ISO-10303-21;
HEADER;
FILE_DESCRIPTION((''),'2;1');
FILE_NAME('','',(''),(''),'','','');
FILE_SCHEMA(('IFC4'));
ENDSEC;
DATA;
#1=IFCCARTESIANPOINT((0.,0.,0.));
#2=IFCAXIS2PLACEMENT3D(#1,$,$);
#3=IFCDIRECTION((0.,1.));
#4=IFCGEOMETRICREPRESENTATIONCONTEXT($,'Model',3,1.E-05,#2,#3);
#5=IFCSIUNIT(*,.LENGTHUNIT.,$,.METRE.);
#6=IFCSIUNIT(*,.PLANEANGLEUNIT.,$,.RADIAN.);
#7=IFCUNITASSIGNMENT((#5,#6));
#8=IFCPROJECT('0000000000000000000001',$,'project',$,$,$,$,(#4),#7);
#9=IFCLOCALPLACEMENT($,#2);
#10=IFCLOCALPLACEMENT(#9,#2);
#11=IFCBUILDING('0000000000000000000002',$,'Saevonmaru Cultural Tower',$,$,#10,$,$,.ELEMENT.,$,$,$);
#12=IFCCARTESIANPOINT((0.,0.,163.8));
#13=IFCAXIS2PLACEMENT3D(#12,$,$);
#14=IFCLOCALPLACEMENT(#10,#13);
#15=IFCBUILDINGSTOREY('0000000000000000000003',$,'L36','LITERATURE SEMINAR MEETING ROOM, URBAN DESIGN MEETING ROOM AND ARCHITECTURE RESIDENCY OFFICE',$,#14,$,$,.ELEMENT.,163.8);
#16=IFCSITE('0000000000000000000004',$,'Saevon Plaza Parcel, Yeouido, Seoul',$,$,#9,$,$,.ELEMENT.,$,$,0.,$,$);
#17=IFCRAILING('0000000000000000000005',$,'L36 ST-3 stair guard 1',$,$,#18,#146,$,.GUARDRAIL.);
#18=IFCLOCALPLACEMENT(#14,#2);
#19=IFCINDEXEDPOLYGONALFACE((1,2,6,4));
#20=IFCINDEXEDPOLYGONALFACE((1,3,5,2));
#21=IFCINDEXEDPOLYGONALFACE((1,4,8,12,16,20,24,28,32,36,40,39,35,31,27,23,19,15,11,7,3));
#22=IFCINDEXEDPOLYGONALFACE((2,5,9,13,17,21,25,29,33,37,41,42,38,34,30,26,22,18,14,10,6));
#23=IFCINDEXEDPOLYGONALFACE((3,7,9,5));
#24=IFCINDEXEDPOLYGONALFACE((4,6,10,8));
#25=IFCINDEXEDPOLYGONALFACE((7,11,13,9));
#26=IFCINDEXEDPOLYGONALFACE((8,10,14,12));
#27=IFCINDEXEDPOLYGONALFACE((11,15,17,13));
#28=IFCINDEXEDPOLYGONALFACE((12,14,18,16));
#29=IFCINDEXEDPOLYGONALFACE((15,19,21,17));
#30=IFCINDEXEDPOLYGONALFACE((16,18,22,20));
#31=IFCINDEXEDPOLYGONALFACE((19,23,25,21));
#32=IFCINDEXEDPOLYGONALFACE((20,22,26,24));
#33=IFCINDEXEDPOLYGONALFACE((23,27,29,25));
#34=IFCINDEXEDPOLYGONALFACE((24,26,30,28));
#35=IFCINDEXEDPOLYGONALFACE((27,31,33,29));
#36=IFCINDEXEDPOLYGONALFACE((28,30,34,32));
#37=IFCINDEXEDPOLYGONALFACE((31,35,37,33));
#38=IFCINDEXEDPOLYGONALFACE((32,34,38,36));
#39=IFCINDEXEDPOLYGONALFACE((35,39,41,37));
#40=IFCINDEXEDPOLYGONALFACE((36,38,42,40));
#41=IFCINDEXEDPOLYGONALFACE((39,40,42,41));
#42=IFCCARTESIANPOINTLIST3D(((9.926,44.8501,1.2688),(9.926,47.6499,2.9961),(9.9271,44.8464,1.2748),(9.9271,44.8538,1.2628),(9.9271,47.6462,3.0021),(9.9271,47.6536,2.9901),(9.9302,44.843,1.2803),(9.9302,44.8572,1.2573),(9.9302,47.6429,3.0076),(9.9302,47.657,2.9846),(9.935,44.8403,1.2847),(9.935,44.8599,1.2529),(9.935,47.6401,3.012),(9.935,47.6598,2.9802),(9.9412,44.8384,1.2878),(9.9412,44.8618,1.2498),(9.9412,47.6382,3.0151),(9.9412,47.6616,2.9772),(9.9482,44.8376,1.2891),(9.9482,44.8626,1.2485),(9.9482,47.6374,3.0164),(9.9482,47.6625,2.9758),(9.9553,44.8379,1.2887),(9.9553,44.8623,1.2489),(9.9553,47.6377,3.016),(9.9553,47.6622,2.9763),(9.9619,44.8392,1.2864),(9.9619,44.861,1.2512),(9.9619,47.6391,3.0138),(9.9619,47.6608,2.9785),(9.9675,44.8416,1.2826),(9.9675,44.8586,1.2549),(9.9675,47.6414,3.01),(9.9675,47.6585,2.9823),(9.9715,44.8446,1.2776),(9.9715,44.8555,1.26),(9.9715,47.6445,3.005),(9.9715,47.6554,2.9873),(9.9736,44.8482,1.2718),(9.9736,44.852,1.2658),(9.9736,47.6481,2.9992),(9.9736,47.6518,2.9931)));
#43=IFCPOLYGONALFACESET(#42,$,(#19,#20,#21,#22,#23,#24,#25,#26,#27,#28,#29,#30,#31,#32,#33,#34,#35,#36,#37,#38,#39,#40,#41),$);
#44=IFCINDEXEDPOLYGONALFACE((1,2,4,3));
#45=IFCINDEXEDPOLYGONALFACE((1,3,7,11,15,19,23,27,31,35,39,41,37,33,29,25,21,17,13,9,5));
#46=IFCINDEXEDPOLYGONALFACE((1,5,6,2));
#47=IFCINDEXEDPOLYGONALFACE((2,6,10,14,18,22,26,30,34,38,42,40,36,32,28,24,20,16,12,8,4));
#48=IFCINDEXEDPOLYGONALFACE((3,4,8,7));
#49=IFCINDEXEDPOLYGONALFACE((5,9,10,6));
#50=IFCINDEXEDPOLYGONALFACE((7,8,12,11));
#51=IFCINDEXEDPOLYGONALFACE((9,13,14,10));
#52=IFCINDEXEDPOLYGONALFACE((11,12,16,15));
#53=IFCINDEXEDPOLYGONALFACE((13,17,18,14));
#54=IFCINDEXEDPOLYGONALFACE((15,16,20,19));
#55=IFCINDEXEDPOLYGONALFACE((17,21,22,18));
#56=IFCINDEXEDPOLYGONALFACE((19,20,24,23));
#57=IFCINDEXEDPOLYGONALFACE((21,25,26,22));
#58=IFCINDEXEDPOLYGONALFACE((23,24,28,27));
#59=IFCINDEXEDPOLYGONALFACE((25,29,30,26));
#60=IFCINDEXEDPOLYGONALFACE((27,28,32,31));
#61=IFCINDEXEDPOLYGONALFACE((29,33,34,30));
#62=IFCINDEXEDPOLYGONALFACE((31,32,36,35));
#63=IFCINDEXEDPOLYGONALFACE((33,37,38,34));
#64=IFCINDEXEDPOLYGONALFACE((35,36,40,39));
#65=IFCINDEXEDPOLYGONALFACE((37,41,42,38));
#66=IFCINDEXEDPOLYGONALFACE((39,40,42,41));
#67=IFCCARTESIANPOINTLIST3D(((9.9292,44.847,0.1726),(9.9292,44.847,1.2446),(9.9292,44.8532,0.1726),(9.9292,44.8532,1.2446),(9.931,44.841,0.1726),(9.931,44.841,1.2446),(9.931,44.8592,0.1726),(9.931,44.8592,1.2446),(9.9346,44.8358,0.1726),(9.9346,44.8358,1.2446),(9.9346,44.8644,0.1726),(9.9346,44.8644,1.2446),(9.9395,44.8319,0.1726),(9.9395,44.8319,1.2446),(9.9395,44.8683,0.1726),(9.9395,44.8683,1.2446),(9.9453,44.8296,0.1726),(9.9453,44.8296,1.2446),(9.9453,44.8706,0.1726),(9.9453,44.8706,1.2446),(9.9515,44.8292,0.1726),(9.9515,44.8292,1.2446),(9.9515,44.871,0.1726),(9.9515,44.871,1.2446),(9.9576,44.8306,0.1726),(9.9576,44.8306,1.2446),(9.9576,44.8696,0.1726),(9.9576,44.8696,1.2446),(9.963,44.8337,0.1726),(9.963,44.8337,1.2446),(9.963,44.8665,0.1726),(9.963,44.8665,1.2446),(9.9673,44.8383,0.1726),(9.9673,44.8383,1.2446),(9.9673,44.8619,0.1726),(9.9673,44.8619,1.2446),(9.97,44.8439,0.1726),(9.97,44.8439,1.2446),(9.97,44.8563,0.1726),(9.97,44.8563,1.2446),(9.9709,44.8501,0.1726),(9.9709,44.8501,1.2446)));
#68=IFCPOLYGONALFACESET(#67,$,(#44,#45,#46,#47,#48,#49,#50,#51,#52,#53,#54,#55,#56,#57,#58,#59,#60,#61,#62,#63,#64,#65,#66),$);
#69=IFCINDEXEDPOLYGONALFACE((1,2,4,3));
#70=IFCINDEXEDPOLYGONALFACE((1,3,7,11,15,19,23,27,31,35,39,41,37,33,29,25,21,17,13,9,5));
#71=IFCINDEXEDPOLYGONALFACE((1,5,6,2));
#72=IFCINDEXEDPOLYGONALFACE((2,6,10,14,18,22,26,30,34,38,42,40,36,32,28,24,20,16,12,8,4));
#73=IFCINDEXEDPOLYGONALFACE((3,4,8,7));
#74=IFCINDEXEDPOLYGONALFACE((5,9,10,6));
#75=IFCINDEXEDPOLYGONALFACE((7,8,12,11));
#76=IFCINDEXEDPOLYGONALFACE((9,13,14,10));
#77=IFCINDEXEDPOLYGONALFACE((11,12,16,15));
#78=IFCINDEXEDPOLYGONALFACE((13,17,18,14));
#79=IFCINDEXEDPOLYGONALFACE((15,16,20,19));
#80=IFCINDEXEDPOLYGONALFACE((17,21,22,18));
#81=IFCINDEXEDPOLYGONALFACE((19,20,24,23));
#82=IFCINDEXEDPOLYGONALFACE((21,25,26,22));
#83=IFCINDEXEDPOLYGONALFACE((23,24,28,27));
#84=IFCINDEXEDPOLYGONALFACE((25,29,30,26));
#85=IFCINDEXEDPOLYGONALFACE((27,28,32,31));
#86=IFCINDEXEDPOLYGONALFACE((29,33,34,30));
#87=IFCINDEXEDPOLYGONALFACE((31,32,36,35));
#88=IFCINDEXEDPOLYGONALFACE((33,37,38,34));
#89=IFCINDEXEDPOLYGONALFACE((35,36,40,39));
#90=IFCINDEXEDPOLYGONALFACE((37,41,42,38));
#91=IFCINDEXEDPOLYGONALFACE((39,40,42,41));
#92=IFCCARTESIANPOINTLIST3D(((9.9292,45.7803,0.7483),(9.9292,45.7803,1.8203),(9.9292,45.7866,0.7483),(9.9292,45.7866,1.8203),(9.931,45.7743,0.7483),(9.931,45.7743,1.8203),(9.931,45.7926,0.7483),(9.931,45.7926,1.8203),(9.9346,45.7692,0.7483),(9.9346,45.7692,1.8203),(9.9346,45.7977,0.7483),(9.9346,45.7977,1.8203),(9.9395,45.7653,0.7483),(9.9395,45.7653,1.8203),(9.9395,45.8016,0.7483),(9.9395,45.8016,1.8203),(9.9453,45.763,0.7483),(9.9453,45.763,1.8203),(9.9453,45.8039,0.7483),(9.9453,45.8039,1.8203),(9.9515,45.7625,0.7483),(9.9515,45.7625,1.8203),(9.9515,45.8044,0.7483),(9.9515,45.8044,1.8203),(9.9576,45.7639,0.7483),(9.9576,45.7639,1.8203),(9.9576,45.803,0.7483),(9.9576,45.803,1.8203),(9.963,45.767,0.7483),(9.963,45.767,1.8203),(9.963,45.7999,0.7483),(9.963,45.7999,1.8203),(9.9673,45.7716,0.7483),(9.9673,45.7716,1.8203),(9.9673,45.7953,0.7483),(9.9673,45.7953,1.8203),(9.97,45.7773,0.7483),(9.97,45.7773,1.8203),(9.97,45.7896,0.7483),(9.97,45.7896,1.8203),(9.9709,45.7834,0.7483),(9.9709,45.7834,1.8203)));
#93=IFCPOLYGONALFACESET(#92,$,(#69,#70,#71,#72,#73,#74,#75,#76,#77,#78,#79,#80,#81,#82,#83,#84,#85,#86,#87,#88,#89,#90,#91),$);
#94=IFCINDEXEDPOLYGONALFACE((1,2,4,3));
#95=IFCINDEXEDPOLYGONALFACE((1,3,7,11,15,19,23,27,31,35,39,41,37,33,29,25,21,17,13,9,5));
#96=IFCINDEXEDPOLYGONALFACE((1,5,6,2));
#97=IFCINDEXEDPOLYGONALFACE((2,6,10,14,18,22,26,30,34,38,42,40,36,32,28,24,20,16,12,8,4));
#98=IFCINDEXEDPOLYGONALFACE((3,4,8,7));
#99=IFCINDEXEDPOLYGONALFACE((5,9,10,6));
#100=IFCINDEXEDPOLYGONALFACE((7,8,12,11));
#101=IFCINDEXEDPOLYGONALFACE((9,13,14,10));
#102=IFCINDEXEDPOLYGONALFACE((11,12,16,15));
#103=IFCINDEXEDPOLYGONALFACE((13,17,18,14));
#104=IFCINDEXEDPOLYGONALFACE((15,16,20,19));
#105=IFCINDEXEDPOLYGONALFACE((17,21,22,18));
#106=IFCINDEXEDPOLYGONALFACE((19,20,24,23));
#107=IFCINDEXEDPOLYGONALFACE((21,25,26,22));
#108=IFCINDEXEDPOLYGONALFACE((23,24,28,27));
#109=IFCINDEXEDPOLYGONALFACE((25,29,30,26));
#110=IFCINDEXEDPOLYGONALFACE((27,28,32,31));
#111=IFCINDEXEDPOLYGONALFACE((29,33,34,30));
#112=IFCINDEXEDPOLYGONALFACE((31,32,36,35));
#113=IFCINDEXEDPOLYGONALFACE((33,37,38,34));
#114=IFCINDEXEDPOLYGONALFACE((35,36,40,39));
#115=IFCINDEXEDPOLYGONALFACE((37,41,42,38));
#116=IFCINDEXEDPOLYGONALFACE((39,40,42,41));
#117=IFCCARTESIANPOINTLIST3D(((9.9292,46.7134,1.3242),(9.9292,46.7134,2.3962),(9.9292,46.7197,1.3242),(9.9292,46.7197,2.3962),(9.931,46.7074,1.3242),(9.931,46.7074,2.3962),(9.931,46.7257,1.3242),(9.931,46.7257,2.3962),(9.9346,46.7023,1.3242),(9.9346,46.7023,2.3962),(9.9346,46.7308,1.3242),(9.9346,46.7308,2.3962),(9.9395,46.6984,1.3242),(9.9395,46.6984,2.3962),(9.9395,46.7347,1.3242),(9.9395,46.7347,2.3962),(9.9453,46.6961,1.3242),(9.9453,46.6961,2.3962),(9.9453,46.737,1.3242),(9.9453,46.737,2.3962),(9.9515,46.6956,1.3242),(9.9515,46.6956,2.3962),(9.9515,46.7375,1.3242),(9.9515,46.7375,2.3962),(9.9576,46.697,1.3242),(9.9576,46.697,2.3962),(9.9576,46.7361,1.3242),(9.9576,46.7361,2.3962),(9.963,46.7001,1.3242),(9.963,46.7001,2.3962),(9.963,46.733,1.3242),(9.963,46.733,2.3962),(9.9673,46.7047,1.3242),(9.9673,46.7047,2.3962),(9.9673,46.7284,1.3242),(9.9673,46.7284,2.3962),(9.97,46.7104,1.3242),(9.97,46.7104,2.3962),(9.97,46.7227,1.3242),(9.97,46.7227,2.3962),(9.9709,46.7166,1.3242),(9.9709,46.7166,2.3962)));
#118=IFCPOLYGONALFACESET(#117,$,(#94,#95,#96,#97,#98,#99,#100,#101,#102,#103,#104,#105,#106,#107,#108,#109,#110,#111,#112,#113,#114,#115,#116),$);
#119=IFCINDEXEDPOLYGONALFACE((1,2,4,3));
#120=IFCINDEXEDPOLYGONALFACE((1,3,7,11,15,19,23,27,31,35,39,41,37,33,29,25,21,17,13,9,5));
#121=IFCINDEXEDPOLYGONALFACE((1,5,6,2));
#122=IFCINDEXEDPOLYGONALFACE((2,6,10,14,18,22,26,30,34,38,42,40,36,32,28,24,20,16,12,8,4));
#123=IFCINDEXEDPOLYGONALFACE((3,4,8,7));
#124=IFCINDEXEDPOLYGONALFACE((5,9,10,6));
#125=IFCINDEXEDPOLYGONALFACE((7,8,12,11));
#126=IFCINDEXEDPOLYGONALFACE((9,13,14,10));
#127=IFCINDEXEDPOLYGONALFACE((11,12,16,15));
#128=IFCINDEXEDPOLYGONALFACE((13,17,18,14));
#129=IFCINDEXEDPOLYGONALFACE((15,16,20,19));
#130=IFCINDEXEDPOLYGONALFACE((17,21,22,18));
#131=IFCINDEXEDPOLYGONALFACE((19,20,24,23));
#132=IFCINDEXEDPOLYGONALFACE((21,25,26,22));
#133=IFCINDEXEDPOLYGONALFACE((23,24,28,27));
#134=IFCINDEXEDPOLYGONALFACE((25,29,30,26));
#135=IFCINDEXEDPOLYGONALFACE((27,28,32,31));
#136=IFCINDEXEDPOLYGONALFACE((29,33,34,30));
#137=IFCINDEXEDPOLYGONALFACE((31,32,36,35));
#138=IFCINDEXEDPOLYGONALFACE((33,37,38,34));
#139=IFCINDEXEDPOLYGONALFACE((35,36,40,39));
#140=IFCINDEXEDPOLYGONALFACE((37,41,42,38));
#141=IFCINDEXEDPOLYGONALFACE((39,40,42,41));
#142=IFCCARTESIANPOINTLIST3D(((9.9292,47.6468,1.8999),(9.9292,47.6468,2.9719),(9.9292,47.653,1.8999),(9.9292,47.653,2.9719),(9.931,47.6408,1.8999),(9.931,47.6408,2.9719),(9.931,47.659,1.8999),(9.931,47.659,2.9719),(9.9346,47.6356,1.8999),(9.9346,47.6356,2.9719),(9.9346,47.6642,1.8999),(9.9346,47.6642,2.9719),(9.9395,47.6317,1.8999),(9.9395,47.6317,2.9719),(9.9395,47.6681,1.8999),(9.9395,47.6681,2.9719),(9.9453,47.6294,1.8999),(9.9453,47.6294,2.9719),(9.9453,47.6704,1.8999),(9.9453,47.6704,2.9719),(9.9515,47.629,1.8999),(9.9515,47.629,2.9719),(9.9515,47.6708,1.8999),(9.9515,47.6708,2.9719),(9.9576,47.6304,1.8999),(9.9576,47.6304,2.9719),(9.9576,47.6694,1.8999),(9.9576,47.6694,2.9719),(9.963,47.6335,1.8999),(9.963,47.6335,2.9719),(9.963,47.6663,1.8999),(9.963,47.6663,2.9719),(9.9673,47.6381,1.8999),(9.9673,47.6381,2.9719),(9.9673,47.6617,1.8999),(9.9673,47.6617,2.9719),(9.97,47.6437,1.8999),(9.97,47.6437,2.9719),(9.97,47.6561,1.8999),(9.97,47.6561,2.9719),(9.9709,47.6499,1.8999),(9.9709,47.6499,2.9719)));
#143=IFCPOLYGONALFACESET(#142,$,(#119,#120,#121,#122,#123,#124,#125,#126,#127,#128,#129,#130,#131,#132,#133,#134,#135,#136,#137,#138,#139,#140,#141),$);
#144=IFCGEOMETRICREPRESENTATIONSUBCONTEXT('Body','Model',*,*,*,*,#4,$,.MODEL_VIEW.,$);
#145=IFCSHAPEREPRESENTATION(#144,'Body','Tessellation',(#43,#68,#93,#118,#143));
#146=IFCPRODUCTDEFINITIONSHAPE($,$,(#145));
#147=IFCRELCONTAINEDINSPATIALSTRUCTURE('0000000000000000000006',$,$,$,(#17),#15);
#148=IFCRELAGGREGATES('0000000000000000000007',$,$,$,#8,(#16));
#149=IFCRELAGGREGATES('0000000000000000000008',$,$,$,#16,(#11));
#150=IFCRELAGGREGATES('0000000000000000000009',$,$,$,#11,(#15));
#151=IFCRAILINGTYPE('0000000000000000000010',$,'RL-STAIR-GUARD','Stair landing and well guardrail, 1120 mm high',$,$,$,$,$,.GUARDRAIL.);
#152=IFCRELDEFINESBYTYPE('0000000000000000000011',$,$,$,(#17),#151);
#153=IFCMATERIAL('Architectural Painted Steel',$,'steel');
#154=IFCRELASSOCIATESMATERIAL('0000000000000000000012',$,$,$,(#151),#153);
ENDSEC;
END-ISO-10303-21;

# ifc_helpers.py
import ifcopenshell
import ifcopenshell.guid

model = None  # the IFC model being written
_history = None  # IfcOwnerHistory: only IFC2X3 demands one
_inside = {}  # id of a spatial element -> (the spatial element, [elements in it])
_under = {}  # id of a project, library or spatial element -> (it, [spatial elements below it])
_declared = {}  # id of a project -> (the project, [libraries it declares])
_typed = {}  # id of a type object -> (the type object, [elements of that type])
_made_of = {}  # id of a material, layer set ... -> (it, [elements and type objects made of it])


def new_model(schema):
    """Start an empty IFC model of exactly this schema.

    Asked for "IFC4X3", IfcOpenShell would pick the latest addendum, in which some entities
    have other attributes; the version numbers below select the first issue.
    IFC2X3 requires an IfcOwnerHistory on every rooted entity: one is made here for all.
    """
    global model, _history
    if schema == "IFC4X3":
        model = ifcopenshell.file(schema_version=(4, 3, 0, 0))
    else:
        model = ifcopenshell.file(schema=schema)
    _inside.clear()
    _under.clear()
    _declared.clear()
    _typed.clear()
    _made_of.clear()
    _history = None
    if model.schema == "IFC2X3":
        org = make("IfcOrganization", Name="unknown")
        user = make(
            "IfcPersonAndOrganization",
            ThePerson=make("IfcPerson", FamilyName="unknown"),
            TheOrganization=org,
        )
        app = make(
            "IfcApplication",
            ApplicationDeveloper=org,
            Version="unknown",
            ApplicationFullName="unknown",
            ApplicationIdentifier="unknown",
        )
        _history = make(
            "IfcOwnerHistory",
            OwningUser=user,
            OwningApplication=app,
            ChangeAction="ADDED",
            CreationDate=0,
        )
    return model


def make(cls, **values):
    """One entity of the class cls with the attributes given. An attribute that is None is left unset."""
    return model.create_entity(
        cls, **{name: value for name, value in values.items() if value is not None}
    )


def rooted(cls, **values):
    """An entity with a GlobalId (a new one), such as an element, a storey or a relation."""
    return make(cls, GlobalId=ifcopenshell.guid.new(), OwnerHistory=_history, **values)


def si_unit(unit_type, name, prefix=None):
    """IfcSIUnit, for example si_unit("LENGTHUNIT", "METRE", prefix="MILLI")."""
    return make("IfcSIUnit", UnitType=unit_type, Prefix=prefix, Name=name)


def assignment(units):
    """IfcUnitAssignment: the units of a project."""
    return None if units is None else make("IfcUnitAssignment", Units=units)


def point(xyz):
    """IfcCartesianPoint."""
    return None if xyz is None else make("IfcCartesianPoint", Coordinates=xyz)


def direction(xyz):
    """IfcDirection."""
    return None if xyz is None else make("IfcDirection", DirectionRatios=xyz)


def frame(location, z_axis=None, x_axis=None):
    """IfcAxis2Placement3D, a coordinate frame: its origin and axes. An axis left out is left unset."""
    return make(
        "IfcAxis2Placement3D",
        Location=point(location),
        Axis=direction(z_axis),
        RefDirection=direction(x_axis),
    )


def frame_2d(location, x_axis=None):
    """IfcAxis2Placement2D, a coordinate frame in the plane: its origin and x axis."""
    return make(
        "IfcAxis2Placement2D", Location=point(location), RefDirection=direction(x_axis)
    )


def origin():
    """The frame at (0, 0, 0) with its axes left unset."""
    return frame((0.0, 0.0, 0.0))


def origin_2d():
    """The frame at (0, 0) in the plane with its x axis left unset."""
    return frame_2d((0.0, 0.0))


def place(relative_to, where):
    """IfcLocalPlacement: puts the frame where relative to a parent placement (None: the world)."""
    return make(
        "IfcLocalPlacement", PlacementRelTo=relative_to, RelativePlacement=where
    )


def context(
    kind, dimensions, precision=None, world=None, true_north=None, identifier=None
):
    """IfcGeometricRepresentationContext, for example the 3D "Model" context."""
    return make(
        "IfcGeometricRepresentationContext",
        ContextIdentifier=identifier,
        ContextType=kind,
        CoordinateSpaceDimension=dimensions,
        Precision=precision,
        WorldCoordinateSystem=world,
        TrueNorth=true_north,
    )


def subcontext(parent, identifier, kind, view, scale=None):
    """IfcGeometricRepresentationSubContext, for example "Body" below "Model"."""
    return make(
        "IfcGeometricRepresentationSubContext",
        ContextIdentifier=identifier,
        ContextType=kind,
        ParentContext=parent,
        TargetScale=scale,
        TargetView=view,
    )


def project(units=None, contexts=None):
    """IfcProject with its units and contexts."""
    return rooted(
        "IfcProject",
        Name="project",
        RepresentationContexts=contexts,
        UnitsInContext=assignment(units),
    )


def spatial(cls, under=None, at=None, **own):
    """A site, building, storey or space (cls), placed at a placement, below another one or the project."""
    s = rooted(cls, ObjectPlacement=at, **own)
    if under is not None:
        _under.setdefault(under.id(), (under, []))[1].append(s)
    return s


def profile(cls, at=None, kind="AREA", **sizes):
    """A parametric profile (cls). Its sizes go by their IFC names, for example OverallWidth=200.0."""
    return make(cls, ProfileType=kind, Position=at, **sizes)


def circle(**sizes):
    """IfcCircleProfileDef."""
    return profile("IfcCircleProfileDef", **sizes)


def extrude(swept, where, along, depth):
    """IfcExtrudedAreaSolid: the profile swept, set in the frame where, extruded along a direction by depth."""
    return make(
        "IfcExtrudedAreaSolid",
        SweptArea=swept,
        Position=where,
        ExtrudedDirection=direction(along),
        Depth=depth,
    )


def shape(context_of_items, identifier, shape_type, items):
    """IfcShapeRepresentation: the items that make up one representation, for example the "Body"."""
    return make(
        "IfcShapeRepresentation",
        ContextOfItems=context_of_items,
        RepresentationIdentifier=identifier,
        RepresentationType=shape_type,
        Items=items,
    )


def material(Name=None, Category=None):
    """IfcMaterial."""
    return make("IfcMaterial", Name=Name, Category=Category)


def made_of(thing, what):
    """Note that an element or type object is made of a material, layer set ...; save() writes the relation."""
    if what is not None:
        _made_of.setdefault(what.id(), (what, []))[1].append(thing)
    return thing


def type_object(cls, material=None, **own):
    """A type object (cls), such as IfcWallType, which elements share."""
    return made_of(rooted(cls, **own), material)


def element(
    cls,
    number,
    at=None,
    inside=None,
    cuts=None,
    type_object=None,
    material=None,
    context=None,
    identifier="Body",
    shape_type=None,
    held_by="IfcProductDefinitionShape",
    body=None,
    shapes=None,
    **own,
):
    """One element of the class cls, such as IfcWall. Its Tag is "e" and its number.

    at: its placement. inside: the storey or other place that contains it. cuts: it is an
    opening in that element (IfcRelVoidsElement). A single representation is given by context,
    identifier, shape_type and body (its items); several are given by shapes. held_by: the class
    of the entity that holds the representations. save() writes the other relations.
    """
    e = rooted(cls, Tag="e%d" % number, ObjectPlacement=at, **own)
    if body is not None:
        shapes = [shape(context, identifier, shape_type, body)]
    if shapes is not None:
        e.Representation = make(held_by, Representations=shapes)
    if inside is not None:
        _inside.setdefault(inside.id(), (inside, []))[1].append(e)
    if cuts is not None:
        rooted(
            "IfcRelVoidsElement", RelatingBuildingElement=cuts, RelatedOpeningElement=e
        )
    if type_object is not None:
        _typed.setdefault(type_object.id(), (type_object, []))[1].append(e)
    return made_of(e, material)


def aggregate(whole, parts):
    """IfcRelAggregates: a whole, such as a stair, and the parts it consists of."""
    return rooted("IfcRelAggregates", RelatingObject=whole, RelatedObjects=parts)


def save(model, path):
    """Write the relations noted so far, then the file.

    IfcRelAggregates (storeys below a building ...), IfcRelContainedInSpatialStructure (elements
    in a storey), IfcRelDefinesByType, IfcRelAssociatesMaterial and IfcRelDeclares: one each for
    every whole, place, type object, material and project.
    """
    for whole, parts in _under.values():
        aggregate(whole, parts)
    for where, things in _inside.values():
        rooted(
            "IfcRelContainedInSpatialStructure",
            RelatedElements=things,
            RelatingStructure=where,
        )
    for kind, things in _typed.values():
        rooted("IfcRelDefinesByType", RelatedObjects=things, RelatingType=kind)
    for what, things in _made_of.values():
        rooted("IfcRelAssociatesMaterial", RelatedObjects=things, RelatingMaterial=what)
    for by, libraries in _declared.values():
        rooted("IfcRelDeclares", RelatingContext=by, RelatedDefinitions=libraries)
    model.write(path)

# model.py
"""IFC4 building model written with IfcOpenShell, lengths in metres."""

from ifc_helpers import new_model, si_unit, direction, frame, origin, origin_2d, place, context, subcontext, project, spatial, circle, extrude, material, type_object, element, save


model = new_model("IFC4")

# Units and contexts
model_context = context("Model", 3, precision=1e-05, world=origin(), true_north=direction((0.0, 1.0)))
body_context = subcontext(model_context, "Body", "Model", "MODEL_VIEW")
ifc_project = project(units=[si_unit("LENGTHUNIT", "METRE"), si_unit("PLANEANGLEUNIT", "RADIAN")], contexts=[model_context])

# Site, building, storey
site_placement = place(None, origin())
site = spatial("IfcSite", under=ifc_project, at=site_placement, Name="Saevon Plaza Parcel, Yeouido, Seoul", CompositionType="ELEMENT", RefElevation=0.0)
building_placement = place(site_placement, origin())
building = spatial("IfcBuilding", under=site, at=building_placement, Name="Saevonmaru Cultural Tower", CompositionType="ELEMENT")
storey_placement = place(building_placement, frame((0.0, 0.0, 163.8)))
storey = spatial("IfcBuildingStorey", under=building, at=storey_placement, Name="L36", Description="LITERATURE SEMINAR MEETING ROOM, URBAN DESIGN MEETING ROOM AND ARCHITECTURE RESIDENCY OFFICE", CompositionType="ELEMENT", Elevation=163.8)

# Railing
ifc_material_1 = material(Name="Architectural Painted Steel", Category="steel")
railing_type_1 = type_object("IfcRailingType", Name="RL-STAIR-GUARD", Description="Stair landing and well guardrail, 1120 mm high", PredefinedType="GUARDRAIL", material=ifc_material_1)
railing_1_placement = place(storey_placement, frame((9.95, 44.8501, 0.1726)))
element("IfcRailing", 1, at=railing_1_placement, inside=storey, type_object=railing_type_1, Name="L36 ST-3 stair guard 1", PredefinedType="GUARDRAIL", context=body_context, shape_type="SweptSolid", body=[
    extrude(circle(Radius=0.0239, at=origin_2d()), frame((0.0, 0.0, 1.0962), z_axis=(0.0, 0.851069, 0.525054), x_axis=(-1.0, 0.0, 0.0)), (0.0, 0.0, 1.0), 3.2898),
    extrude(circle(Radius=0.021, at=origin_2d()), origin(), (0.0, 0.0, 1.0), 1.072),
    extrude(circle(Radius=0.021, at=origin_2d()), frame((0.0, 0.9333, 0.5757)), (0.0, 0.0, 1.0), 1.072),
    extrude(circle(Radius=0.021, at=origin_2d()), frame((0.0, 1.8665, 1.1516)), (0.0, 0.0, 1.0), 1.072),
    extrude(circle(Radius=0.021, at=origin_2d()), frame((0.0, 2.7998, 1.7273)), (0.0, 0.0, 1.0), 1.072),
])

save(model, "model.ifc")
